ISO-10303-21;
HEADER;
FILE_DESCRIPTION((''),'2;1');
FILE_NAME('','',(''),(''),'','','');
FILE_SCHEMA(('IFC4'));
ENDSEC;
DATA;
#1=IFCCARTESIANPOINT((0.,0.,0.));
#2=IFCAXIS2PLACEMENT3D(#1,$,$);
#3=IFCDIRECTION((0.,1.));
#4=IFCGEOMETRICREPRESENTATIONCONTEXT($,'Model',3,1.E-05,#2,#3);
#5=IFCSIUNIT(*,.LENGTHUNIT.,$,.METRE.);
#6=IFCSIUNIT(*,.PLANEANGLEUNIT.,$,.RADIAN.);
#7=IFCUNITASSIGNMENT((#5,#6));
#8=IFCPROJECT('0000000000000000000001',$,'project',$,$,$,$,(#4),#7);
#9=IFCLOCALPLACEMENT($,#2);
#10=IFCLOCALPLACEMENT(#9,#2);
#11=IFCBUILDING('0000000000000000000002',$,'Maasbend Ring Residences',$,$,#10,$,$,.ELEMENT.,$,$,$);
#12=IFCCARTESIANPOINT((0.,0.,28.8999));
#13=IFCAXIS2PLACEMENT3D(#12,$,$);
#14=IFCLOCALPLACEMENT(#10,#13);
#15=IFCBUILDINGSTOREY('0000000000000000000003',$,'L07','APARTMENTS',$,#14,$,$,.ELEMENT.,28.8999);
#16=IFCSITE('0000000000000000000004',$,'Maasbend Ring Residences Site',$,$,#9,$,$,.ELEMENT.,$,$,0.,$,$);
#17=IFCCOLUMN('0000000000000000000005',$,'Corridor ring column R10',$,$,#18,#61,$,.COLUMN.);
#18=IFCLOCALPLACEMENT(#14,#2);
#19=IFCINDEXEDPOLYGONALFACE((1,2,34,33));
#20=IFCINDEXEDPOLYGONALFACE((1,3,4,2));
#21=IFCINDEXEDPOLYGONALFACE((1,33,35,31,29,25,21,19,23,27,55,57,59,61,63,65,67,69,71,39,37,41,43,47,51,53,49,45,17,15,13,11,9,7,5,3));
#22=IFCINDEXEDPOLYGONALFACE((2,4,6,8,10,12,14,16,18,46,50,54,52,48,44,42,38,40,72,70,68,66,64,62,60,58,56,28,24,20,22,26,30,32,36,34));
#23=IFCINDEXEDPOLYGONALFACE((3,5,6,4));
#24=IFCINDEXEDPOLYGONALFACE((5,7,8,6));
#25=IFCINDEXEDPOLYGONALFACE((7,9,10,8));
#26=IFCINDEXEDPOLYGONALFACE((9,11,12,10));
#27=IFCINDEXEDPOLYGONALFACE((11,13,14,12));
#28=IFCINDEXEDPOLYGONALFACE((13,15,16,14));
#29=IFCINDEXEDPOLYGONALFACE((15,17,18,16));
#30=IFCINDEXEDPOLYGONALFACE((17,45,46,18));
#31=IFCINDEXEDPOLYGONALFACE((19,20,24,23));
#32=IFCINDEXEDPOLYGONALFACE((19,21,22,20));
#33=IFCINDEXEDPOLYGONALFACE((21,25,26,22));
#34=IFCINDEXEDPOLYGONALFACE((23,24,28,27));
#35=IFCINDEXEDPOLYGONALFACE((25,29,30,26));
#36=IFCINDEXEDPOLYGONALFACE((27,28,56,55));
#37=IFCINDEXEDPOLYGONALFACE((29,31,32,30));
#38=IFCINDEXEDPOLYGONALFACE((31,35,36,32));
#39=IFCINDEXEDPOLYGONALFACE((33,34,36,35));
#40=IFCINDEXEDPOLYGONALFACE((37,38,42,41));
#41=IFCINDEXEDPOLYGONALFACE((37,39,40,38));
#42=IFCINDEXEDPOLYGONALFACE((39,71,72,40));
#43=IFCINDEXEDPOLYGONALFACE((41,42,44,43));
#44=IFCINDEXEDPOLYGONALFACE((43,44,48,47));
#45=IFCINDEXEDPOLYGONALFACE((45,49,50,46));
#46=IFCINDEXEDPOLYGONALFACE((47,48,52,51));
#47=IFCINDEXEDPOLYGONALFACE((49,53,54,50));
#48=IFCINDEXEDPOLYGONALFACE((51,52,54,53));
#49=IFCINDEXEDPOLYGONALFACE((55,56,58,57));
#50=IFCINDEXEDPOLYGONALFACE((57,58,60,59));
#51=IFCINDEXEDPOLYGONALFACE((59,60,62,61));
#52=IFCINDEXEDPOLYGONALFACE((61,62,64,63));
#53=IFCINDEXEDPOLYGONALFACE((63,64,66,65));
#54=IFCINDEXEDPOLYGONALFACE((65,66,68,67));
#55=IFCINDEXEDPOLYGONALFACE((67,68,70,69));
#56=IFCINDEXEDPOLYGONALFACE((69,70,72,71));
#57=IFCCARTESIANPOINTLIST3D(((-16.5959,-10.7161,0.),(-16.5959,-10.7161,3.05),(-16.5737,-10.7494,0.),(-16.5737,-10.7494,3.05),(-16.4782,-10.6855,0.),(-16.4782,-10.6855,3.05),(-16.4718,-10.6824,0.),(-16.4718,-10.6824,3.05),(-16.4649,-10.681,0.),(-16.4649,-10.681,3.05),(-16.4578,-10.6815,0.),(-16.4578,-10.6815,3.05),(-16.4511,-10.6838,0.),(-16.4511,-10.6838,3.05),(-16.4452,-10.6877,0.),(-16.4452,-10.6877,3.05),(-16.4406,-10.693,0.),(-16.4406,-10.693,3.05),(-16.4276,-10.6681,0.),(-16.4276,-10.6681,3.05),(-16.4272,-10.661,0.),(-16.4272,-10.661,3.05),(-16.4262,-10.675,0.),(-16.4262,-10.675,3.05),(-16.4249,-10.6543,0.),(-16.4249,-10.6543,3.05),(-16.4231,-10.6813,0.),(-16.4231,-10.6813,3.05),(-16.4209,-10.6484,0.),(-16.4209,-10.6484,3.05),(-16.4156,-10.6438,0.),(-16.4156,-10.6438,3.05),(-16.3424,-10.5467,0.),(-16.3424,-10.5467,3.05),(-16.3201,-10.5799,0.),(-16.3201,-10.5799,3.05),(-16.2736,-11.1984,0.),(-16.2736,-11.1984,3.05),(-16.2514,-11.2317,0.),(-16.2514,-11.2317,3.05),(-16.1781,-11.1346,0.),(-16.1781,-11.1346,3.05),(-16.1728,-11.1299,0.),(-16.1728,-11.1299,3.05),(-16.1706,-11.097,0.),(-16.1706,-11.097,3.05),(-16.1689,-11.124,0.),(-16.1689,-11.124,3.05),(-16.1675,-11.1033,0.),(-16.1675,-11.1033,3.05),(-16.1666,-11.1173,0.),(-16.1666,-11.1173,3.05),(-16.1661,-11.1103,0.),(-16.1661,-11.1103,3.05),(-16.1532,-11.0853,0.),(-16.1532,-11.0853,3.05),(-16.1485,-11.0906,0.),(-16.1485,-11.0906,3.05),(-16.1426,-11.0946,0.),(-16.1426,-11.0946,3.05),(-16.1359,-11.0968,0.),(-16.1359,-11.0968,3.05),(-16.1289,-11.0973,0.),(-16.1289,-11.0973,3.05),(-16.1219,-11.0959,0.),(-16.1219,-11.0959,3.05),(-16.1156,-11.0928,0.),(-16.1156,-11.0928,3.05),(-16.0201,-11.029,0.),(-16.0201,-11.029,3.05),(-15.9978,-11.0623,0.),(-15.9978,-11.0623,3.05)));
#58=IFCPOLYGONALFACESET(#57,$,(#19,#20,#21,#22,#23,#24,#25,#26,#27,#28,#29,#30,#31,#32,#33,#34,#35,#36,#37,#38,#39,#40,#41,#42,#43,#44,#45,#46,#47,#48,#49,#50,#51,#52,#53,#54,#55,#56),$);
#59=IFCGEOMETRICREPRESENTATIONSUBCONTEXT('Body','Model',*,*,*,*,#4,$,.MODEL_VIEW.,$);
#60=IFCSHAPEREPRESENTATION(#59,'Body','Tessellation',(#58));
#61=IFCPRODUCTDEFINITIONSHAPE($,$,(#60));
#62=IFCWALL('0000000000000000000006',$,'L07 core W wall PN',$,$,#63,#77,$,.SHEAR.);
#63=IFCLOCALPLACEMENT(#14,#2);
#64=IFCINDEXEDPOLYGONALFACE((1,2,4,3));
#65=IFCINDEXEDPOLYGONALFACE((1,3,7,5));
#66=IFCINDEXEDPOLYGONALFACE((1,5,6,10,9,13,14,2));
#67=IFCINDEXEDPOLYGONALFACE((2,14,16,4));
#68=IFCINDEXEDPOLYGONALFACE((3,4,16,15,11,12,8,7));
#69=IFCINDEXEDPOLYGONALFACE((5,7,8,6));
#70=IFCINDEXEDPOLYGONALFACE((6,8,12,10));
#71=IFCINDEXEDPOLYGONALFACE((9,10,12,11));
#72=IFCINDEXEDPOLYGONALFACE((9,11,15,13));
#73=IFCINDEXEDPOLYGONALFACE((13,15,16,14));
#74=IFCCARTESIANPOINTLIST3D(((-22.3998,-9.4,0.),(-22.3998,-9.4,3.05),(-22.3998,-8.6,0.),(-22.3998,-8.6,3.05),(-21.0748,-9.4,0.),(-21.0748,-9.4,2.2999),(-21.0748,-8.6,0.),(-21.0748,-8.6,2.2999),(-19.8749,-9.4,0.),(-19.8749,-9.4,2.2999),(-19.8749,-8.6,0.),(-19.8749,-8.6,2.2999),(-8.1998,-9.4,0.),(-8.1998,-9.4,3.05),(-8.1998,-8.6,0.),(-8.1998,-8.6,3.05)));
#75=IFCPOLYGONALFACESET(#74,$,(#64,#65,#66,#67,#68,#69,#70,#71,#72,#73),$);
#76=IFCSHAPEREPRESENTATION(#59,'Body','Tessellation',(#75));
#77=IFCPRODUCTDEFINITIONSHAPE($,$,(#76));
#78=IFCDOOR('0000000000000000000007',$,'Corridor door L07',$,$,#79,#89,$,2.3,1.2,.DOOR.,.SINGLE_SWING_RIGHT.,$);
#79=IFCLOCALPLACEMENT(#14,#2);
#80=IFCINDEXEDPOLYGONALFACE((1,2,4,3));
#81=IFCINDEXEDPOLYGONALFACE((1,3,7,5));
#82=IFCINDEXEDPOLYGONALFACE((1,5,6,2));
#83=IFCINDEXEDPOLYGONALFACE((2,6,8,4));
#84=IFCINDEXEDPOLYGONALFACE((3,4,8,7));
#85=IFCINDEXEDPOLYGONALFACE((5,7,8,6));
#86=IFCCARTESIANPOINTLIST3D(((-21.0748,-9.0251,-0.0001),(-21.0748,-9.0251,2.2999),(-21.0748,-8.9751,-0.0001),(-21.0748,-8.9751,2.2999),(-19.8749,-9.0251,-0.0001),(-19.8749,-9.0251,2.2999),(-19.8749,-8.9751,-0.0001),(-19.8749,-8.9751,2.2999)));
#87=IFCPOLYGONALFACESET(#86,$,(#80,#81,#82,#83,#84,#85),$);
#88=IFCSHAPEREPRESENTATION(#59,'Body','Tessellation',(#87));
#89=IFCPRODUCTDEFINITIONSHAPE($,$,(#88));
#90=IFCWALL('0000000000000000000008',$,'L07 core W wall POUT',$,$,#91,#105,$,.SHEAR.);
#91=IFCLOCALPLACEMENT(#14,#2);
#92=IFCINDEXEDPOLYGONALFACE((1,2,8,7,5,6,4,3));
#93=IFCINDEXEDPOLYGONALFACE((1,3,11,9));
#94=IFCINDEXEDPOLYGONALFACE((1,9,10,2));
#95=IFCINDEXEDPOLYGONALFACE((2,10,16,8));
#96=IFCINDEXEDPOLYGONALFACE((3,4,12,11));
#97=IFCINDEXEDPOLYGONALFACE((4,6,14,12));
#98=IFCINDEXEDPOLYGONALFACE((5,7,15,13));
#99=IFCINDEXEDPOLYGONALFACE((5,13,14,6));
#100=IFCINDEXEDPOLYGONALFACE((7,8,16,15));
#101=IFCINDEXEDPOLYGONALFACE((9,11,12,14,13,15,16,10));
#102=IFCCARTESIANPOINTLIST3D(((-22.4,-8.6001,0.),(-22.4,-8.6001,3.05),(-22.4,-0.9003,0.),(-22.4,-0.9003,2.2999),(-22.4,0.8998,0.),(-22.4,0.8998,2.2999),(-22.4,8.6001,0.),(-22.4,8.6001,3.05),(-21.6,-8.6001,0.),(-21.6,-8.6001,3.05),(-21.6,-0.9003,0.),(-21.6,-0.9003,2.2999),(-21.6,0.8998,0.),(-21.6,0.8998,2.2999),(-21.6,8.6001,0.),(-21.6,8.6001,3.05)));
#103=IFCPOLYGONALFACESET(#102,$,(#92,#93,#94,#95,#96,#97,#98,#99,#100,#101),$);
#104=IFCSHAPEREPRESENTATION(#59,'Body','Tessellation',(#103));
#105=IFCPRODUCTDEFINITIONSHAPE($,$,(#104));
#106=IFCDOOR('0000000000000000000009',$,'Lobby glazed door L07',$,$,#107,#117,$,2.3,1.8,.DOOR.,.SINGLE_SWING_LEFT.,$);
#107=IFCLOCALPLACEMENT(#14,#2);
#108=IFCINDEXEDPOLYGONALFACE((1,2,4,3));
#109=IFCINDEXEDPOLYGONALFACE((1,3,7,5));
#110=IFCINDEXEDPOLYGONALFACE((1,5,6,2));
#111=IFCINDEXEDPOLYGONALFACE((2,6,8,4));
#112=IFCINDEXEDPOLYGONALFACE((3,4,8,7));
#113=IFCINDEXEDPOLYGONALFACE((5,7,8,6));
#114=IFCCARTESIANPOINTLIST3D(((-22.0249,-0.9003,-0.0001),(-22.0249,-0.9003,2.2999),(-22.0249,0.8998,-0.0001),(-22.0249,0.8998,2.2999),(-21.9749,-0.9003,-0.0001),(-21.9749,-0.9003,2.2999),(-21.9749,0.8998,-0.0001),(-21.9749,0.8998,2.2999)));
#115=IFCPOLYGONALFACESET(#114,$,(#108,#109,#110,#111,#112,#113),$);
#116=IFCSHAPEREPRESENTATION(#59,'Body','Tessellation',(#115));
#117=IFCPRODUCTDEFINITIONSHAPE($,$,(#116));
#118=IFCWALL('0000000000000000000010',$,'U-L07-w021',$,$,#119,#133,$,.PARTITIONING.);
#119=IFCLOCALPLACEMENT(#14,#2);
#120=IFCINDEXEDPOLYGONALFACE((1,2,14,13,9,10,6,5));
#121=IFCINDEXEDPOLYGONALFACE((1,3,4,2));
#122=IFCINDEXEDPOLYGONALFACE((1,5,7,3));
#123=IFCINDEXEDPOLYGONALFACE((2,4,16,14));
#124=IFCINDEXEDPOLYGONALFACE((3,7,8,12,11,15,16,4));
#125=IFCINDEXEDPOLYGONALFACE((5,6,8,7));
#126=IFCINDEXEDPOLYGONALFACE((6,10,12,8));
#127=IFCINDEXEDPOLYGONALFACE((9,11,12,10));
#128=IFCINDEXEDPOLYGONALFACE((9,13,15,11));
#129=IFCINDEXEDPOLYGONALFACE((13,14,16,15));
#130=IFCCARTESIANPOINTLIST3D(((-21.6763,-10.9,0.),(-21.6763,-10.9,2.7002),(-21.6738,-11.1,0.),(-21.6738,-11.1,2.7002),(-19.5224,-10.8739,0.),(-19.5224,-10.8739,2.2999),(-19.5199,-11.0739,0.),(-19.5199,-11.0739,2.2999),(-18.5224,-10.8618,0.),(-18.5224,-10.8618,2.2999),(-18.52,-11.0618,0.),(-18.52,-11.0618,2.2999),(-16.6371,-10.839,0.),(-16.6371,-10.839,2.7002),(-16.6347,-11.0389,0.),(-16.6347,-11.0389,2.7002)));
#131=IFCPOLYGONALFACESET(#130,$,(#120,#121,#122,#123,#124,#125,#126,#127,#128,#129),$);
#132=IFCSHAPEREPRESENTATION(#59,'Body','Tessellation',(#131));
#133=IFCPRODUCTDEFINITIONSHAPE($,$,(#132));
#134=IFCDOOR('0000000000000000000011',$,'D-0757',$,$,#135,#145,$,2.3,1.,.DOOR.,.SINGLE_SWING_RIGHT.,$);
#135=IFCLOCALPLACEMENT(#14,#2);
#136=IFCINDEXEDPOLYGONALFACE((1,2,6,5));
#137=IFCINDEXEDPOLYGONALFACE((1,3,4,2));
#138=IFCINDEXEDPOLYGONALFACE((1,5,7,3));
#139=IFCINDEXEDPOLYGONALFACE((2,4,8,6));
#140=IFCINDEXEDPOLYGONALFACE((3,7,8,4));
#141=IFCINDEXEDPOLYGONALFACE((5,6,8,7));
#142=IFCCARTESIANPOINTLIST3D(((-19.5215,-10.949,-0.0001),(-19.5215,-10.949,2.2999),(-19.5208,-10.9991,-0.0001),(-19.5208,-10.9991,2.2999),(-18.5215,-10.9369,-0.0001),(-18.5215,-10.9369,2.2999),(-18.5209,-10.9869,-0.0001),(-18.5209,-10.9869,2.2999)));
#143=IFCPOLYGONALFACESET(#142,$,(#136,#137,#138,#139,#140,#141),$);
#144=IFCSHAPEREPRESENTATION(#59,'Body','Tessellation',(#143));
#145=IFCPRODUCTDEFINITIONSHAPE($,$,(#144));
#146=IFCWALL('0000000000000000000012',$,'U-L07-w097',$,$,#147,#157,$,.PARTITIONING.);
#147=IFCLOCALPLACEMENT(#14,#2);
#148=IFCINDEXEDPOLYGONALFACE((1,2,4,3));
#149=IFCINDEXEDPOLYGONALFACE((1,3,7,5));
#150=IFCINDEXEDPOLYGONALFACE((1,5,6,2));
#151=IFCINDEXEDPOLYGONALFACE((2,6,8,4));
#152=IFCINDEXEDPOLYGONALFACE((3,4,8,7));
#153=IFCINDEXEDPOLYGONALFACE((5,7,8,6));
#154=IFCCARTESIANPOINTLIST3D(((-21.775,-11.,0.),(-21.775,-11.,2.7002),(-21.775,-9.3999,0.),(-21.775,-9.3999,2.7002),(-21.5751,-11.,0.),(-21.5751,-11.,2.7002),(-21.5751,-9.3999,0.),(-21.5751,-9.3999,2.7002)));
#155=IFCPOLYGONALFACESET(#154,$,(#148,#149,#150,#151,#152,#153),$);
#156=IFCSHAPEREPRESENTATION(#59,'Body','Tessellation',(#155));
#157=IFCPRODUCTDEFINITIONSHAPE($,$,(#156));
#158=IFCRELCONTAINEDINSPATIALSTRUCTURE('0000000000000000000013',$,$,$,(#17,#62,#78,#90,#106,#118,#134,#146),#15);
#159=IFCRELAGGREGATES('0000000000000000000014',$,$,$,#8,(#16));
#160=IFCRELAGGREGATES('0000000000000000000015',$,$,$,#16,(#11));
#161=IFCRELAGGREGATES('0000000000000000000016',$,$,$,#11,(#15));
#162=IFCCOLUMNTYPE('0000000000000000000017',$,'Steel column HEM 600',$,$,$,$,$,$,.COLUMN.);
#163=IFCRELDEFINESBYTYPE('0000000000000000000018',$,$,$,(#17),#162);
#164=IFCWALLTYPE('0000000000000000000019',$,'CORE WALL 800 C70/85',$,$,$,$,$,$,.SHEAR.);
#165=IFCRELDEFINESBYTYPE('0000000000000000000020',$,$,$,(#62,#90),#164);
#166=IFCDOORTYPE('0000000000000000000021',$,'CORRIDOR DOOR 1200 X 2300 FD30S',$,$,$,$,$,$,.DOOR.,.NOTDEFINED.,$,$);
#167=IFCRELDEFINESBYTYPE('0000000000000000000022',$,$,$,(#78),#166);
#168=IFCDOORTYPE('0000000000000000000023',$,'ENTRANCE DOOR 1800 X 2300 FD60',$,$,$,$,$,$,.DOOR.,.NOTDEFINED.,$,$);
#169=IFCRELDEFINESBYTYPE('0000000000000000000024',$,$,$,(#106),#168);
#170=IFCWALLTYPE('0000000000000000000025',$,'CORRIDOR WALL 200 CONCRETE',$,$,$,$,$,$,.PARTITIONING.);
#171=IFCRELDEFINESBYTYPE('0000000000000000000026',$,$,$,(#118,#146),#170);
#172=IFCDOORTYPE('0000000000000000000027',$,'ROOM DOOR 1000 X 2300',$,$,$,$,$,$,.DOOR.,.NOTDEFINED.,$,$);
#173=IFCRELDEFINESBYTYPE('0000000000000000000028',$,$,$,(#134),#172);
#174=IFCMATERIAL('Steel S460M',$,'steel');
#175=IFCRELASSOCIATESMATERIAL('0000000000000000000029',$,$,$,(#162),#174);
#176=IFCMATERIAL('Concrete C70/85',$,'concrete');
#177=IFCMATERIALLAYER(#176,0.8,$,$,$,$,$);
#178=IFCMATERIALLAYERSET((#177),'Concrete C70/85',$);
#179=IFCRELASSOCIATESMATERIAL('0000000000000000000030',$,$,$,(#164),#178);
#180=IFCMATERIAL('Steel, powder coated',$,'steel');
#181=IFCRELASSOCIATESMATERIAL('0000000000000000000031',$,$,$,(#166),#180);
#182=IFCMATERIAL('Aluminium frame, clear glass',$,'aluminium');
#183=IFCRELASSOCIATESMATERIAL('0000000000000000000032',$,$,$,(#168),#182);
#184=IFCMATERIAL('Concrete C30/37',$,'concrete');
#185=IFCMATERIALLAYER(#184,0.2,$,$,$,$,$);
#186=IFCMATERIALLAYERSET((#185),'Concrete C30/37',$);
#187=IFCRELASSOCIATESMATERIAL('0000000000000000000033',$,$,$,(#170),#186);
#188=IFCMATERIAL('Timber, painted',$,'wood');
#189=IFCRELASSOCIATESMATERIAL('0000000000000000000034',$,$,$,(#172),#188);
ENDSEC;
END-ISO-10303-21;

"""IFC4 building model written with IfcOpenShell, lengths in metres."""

from ifc_helpers import new_model, si_unit, direction, frame, frame_2d, origin, origin_2d, place, context, subcontext, project, spatial, rectangle, i_section, extrude, material, layer, layer_set, material_profile, profile_set, type_object, element, fill, save


model = new_model("IFC4")

# Units and contexts
model_context = context("Model", 3, precision=1e-05, world=origin(), true_north=direction((0.0, 1.0)))
body_context = subcontext(model_context, "Body", "Model", "MODEL_VIEW")
ifc_project = project(units=[si_unit("LENGTHUNIT", "METRE"), si_unit("PLANEANGLEUNIT", "RADIAN")], contexts=[model_context])

# Site, building, storey
site_placement = place(None, origin())
site = spatial("IfcSite", under=ifc_project, at=site_placement, Name="Maasbend Ring Residences Site", CompositionType="ELEMENT", RefElevation=0.0)
building_placement = place(site_placement, origin())
building = spatial("IfcBuilding", under=site, at=building_placement, Name="Maasbend Ring Residences", CompositionType="ELEMENT")
storey_placement = place(building_placement, frame((0.0, 0.0, 28.8999)))
storey = spatial("IfcBuildingStorey", under=building, at=storey_placement, Name="L07", Description="APARTMENTS", CompositionType="ELEMENT", Elevation=28.8999)

# Column
ifc_material_1 = material(Name="Steel S460M", Category="steel")
ifc_material_profile = material_profile(ifc_material_1, i_section(OverallWidth=0.3049, OverallDepth=0.6201, WebThickness=0.021, FlangeThickness=0.04, FilletRadius=0.0271, at=origin_2d()), Name="HEM 600")
ifc_profile_set = profile_set([ifc_material_profile], Name="Steel S460M")
column_type = type_object("IfcColumnType", Name="Steel column HEM 600", PredefinedType="COLUMN", material=ifc_profile_set)
column_placement = place(storey_placement, frame((-16.2969, -10.8892, 0.0), z_axis=(0.0, 0.0, 1.0), x_axis=(-0.83147, -0.55557, 0.0)))
element("IfcColumn", 1, at=column_placement, inside=storey, type_object=column_type, Name="Corridor ring column R10", PredefinedType="COLUMN", context=body_context, shape_type="SweptSolid", body=[
    extrude(i_section(OverallWidth=0.3049, OverallDepth=0.6201, WebThickness=0.021, FlangeThickness=0.04, FilletRadius=0.0271, at=origin_2d()), origin(), (0.0, 0.0, 1.0), 3.05),
])

# Walls, openings, doors
ifc_material_2 = material(Name="Concrete C70/85", Category="concrete")
ifc_layer_1 = layer(ifc_material_2, 0.8)
ifc_layer_set_1 = layer_set([ifc_layer_1], Name="Concrete C70/85")
wall_type_1 = type_object("IfcWallType", Name="CORE WALL 800 C70/85", PredefinedType="SHEAR", material=ifc_layer_set_1)
wall_1_placement = place(storey_placement, frame((-22.3999, -9.0, 0.0), z_axis=(0.0, 0.0, 1.0), x_axis=(1.0, 0.0, 0.0)))
wall_1 = element("IfcWall", 2, at=wall_1_placement, inside=storey, type_object=wall_type_1, Name="L07 core W wall PN", PredefinedType="SHEAR", context=body_context, shape_type="SweptSolid", body=[
    extrude(rectangle(XDim=14.2, YDim=0.8, at=frame_2d((7.1001, 0.0))), origin(), (0.0, 0.0, 1.0), 3.05),
])
opening_1_placement = place(wall_1_placement, frame((1.325, 0.0, 0.0)))
opening_1 = element("IfcOpeningElement", 3, at=opening_1_placement, cuts=wall_1, PredefinedType="OPENING", context=body_context, shape_type="SweptSolid", body=[
    extrude(rectangle(XDim=1.2, YDim=2.3, at=frame_2d((0.6001, 1.1499))), frame((0.0, 0.4102, 0.0), z_axis=(0.0, -1.0, 0.0), x_axis=(1.0, 0.0, 0.0)), (0.0, 0.0, 1.0), 0.8201),
])
ifc_material_3 = material(Name="Steel, powder coated", Category="steel")
door_type_1 = type_object("IfcDoorType", Name="CORRIDOR DOOR 1200 X 2300 FD30S", OperationType="NOTDEFINED", PredefinedType="DOOR", material=ifc_material_3)
door_1_placement = place(opening_1_placement, origin())
door_1 = element("IfcDoor", 4, at=door_1_placement, inside=storey, type_object=door_type_1, Name="Corridor door L07", OperationType="SINGLE_SWING_RIGHT", OverallHeight=2.3, OverallWidth=1.2, PredefinedType="DOOR", context=body_context, shape_type="SweptSolid", body=[
    extrude(rectangle(XDim=1.2, YDim=2.3, at=frame_2d((0.6001, 1.1499))), frame((0.0, 0.0249, 0.0), z_axis=(0.0, -1.0, 0.0), x_axis=(1.0, 0.0, 0.0)), (0.0, 0.0, 1.0), 0.05),
])
fill(opening_1, door_1)
wall_2_placement = place(storey_placement, frame((-22.0, -8.6001, 0.0), z_axis=(0.0, 0.0, 1.0), x_axis=(0.0, 1.0, 0.0)))
wall_2 = element("IfcWall", 5, at=wall_2_placement, inside=storey, type_object=wall_type_1, Name="L07 core W wall POUT", PredefinedType="SHEAR", context=body_context, shape_type="SweptSolid", body=[
    extrude(rectangle(XDim=17.2002, YDim=0.8, at=frame_2d((8.6001, 0.0))), origin(), (0.0, 0.0, 1.0), 3.05),
])
opening_2_placement = place(wall_2_placement, frame((7.7, 0.0, 0.0)))
opening_2 = element("IfcOpeningElement", 6, at=opening_2_placement, cuts=wall_2, PredefinedType="OPENING", context=body_context, shape_type="SweptSolid", body=[
    extrude(rectangle(XDim=1.8, YDim=2.3, at=frame_2d((0.8999, 1.1499))), frame((0.0, 0.4102, 0.0), z_axis=(0.0, -1.0, 0.0), x_axis=(1.0, 0.0, 0.0)), (0.0, 0.0, 1.0), 0.8201),
])
ifc_material_4 = material(Name="Aluminium frame, clear glass", Category="aluminium")
door_type_2 = type_object("IfcDoorType", Name="ENTRANCE DOOR 1800 X 2300 FD60", OperationType="NOTDEFINED", PredefinedType="DOOR", material=ifc_material_4)
door_2_placement = place(opening_2_placement, origin())
door_2 = element("IfcDoor", 7, at=door_2_placement, inside=storey, type_object=door_type_2, Name="Lobby glazed door L07", OperationType="SINGLE_SWING_LEFT", OverallHeight=2.3, OverallWidth=1.8, PredefinedType="DOOR", context=body_context, shape_type="SweptSolid", body=[
    extrude(rectangle(XDim=1.8, YDim=2.3, at=frame_2d((0.8999, 1.1499))), frame((0.0, 0.0249, 0.0), z_axis=(0.0, -1.0, 0.0), x_axis=(1.0, 0.0, 0.0)), (0.0, 0.0, 1.0), 0.05),
])
fill(opening_2, door_2)
ifc_material_5 = material(Name="Concrete C30/37", Category="concrete")
ifc_layer_2 = layer(ifc_material_5, 0.2)
ifc_layer_set_2 = layer_set([ifc_layer_2], Name="Concrete C30/37")
wall_type_2 = type_object("IfcWallType", Name="CORRIDOR WALL 200 CONCRETE", PredefinedType="PARTITIONING", material=ifc_layer_set_2)
wall_3_placement = place(storey_placement, frame((-21.675, -11.0, 0.0), z_axis=(0.0, 0.0, 1.0), x_axis=(0.999927, 0.012112, 0.0)))
wall_3 = element("IfcWall", 8, at=wall_3_placement, inside=storey, type_object=wall_type_2, Name="U-L07-w021", PredefinedType="PARTITIONING", context=body_context, shape_type="SweptSolid", body=[
    extrude(rectangle(XDim=5.0396, YDim=0.2, at=frame_2d((2.5198, 0.0))), origin(), (0.0, 0.0, 1.0), 2.7002),
])
opening_3_placement = place(wall_3_placement, frame((2.1541, 0.0, 0.0)))
opening_3 = element("IfcOpeningElement", 9, at=opening_3_placement, cuts=wall_3, PredefinedType="OPENING", context=body_context, shape_type="SweptSolid", body=[
    extrude(rectangle(XDim=1.0, YDim=2.3, at=frame_2d((0.5, 1.1499))), frame((0.0, 0.1099, 0.0), z_axis=(0.0, -1.0, 0.0), x_axis=(1.0, 0.0, 0.0)), (0.0, 0.0, 1.0), 0.22),
])
ifc_material_6 = material(Name="Timber, painted", Category="wood")
door_type_3 = type_object("IfcDoorType", Name="ROOM DOOR 1000 X 2300", OperationType="NOTDEFINED", PredefinedType="DOOR", material=ifc_material_6)
door_3_placement = place(opening_3_placement, origin())
door_3 = element("IfcDoor", 10, at=door_3_placement, inside=storey, type_object=door_type_3, Name="D-0757", OperationType="SINGLE_SWING_RIGHT", OverallHeight=2.3, OverallWidth=1.0, PredefinedType="DOOR", context=body_context, shape_type="SweptSolid", body=[
    extrude(rectangle(XDim=1.0, YDim=2.3, at=frame_2d((0.5, 1.1499))), frame((0.0, 0.0249, 0.0), z_axis=(0.0, -1.0, 0.0), x_axis=(1.0, 0.0, 0.0)), (0.0, 0.0, 1.0), 0.05),
])
fill(opening_3, door_3)

# Wall
wall_4_placement = place(storey_placement, frame((-21.675, -11.0, 0.0), z_axis=(0.0, 0.0, 1.0), x_axis=(0.0, 1.0, 0.0)))
element("IfcWall", 11, at=wall_4_placement, inside=storey, type_object=wall_type_2, Name="U-L07-w097", PredefinedType="PARTITIONING", context=body_context, shape_type="SweptSolid", body=[
    extrude(rectangle(XDim=1.6001, YDim=0.2, at=frame_2d((0.8, 0.0))), origin(), (0.0, 0.0, 1.0), 2.7002),
])

save(model, "model.ifc")
